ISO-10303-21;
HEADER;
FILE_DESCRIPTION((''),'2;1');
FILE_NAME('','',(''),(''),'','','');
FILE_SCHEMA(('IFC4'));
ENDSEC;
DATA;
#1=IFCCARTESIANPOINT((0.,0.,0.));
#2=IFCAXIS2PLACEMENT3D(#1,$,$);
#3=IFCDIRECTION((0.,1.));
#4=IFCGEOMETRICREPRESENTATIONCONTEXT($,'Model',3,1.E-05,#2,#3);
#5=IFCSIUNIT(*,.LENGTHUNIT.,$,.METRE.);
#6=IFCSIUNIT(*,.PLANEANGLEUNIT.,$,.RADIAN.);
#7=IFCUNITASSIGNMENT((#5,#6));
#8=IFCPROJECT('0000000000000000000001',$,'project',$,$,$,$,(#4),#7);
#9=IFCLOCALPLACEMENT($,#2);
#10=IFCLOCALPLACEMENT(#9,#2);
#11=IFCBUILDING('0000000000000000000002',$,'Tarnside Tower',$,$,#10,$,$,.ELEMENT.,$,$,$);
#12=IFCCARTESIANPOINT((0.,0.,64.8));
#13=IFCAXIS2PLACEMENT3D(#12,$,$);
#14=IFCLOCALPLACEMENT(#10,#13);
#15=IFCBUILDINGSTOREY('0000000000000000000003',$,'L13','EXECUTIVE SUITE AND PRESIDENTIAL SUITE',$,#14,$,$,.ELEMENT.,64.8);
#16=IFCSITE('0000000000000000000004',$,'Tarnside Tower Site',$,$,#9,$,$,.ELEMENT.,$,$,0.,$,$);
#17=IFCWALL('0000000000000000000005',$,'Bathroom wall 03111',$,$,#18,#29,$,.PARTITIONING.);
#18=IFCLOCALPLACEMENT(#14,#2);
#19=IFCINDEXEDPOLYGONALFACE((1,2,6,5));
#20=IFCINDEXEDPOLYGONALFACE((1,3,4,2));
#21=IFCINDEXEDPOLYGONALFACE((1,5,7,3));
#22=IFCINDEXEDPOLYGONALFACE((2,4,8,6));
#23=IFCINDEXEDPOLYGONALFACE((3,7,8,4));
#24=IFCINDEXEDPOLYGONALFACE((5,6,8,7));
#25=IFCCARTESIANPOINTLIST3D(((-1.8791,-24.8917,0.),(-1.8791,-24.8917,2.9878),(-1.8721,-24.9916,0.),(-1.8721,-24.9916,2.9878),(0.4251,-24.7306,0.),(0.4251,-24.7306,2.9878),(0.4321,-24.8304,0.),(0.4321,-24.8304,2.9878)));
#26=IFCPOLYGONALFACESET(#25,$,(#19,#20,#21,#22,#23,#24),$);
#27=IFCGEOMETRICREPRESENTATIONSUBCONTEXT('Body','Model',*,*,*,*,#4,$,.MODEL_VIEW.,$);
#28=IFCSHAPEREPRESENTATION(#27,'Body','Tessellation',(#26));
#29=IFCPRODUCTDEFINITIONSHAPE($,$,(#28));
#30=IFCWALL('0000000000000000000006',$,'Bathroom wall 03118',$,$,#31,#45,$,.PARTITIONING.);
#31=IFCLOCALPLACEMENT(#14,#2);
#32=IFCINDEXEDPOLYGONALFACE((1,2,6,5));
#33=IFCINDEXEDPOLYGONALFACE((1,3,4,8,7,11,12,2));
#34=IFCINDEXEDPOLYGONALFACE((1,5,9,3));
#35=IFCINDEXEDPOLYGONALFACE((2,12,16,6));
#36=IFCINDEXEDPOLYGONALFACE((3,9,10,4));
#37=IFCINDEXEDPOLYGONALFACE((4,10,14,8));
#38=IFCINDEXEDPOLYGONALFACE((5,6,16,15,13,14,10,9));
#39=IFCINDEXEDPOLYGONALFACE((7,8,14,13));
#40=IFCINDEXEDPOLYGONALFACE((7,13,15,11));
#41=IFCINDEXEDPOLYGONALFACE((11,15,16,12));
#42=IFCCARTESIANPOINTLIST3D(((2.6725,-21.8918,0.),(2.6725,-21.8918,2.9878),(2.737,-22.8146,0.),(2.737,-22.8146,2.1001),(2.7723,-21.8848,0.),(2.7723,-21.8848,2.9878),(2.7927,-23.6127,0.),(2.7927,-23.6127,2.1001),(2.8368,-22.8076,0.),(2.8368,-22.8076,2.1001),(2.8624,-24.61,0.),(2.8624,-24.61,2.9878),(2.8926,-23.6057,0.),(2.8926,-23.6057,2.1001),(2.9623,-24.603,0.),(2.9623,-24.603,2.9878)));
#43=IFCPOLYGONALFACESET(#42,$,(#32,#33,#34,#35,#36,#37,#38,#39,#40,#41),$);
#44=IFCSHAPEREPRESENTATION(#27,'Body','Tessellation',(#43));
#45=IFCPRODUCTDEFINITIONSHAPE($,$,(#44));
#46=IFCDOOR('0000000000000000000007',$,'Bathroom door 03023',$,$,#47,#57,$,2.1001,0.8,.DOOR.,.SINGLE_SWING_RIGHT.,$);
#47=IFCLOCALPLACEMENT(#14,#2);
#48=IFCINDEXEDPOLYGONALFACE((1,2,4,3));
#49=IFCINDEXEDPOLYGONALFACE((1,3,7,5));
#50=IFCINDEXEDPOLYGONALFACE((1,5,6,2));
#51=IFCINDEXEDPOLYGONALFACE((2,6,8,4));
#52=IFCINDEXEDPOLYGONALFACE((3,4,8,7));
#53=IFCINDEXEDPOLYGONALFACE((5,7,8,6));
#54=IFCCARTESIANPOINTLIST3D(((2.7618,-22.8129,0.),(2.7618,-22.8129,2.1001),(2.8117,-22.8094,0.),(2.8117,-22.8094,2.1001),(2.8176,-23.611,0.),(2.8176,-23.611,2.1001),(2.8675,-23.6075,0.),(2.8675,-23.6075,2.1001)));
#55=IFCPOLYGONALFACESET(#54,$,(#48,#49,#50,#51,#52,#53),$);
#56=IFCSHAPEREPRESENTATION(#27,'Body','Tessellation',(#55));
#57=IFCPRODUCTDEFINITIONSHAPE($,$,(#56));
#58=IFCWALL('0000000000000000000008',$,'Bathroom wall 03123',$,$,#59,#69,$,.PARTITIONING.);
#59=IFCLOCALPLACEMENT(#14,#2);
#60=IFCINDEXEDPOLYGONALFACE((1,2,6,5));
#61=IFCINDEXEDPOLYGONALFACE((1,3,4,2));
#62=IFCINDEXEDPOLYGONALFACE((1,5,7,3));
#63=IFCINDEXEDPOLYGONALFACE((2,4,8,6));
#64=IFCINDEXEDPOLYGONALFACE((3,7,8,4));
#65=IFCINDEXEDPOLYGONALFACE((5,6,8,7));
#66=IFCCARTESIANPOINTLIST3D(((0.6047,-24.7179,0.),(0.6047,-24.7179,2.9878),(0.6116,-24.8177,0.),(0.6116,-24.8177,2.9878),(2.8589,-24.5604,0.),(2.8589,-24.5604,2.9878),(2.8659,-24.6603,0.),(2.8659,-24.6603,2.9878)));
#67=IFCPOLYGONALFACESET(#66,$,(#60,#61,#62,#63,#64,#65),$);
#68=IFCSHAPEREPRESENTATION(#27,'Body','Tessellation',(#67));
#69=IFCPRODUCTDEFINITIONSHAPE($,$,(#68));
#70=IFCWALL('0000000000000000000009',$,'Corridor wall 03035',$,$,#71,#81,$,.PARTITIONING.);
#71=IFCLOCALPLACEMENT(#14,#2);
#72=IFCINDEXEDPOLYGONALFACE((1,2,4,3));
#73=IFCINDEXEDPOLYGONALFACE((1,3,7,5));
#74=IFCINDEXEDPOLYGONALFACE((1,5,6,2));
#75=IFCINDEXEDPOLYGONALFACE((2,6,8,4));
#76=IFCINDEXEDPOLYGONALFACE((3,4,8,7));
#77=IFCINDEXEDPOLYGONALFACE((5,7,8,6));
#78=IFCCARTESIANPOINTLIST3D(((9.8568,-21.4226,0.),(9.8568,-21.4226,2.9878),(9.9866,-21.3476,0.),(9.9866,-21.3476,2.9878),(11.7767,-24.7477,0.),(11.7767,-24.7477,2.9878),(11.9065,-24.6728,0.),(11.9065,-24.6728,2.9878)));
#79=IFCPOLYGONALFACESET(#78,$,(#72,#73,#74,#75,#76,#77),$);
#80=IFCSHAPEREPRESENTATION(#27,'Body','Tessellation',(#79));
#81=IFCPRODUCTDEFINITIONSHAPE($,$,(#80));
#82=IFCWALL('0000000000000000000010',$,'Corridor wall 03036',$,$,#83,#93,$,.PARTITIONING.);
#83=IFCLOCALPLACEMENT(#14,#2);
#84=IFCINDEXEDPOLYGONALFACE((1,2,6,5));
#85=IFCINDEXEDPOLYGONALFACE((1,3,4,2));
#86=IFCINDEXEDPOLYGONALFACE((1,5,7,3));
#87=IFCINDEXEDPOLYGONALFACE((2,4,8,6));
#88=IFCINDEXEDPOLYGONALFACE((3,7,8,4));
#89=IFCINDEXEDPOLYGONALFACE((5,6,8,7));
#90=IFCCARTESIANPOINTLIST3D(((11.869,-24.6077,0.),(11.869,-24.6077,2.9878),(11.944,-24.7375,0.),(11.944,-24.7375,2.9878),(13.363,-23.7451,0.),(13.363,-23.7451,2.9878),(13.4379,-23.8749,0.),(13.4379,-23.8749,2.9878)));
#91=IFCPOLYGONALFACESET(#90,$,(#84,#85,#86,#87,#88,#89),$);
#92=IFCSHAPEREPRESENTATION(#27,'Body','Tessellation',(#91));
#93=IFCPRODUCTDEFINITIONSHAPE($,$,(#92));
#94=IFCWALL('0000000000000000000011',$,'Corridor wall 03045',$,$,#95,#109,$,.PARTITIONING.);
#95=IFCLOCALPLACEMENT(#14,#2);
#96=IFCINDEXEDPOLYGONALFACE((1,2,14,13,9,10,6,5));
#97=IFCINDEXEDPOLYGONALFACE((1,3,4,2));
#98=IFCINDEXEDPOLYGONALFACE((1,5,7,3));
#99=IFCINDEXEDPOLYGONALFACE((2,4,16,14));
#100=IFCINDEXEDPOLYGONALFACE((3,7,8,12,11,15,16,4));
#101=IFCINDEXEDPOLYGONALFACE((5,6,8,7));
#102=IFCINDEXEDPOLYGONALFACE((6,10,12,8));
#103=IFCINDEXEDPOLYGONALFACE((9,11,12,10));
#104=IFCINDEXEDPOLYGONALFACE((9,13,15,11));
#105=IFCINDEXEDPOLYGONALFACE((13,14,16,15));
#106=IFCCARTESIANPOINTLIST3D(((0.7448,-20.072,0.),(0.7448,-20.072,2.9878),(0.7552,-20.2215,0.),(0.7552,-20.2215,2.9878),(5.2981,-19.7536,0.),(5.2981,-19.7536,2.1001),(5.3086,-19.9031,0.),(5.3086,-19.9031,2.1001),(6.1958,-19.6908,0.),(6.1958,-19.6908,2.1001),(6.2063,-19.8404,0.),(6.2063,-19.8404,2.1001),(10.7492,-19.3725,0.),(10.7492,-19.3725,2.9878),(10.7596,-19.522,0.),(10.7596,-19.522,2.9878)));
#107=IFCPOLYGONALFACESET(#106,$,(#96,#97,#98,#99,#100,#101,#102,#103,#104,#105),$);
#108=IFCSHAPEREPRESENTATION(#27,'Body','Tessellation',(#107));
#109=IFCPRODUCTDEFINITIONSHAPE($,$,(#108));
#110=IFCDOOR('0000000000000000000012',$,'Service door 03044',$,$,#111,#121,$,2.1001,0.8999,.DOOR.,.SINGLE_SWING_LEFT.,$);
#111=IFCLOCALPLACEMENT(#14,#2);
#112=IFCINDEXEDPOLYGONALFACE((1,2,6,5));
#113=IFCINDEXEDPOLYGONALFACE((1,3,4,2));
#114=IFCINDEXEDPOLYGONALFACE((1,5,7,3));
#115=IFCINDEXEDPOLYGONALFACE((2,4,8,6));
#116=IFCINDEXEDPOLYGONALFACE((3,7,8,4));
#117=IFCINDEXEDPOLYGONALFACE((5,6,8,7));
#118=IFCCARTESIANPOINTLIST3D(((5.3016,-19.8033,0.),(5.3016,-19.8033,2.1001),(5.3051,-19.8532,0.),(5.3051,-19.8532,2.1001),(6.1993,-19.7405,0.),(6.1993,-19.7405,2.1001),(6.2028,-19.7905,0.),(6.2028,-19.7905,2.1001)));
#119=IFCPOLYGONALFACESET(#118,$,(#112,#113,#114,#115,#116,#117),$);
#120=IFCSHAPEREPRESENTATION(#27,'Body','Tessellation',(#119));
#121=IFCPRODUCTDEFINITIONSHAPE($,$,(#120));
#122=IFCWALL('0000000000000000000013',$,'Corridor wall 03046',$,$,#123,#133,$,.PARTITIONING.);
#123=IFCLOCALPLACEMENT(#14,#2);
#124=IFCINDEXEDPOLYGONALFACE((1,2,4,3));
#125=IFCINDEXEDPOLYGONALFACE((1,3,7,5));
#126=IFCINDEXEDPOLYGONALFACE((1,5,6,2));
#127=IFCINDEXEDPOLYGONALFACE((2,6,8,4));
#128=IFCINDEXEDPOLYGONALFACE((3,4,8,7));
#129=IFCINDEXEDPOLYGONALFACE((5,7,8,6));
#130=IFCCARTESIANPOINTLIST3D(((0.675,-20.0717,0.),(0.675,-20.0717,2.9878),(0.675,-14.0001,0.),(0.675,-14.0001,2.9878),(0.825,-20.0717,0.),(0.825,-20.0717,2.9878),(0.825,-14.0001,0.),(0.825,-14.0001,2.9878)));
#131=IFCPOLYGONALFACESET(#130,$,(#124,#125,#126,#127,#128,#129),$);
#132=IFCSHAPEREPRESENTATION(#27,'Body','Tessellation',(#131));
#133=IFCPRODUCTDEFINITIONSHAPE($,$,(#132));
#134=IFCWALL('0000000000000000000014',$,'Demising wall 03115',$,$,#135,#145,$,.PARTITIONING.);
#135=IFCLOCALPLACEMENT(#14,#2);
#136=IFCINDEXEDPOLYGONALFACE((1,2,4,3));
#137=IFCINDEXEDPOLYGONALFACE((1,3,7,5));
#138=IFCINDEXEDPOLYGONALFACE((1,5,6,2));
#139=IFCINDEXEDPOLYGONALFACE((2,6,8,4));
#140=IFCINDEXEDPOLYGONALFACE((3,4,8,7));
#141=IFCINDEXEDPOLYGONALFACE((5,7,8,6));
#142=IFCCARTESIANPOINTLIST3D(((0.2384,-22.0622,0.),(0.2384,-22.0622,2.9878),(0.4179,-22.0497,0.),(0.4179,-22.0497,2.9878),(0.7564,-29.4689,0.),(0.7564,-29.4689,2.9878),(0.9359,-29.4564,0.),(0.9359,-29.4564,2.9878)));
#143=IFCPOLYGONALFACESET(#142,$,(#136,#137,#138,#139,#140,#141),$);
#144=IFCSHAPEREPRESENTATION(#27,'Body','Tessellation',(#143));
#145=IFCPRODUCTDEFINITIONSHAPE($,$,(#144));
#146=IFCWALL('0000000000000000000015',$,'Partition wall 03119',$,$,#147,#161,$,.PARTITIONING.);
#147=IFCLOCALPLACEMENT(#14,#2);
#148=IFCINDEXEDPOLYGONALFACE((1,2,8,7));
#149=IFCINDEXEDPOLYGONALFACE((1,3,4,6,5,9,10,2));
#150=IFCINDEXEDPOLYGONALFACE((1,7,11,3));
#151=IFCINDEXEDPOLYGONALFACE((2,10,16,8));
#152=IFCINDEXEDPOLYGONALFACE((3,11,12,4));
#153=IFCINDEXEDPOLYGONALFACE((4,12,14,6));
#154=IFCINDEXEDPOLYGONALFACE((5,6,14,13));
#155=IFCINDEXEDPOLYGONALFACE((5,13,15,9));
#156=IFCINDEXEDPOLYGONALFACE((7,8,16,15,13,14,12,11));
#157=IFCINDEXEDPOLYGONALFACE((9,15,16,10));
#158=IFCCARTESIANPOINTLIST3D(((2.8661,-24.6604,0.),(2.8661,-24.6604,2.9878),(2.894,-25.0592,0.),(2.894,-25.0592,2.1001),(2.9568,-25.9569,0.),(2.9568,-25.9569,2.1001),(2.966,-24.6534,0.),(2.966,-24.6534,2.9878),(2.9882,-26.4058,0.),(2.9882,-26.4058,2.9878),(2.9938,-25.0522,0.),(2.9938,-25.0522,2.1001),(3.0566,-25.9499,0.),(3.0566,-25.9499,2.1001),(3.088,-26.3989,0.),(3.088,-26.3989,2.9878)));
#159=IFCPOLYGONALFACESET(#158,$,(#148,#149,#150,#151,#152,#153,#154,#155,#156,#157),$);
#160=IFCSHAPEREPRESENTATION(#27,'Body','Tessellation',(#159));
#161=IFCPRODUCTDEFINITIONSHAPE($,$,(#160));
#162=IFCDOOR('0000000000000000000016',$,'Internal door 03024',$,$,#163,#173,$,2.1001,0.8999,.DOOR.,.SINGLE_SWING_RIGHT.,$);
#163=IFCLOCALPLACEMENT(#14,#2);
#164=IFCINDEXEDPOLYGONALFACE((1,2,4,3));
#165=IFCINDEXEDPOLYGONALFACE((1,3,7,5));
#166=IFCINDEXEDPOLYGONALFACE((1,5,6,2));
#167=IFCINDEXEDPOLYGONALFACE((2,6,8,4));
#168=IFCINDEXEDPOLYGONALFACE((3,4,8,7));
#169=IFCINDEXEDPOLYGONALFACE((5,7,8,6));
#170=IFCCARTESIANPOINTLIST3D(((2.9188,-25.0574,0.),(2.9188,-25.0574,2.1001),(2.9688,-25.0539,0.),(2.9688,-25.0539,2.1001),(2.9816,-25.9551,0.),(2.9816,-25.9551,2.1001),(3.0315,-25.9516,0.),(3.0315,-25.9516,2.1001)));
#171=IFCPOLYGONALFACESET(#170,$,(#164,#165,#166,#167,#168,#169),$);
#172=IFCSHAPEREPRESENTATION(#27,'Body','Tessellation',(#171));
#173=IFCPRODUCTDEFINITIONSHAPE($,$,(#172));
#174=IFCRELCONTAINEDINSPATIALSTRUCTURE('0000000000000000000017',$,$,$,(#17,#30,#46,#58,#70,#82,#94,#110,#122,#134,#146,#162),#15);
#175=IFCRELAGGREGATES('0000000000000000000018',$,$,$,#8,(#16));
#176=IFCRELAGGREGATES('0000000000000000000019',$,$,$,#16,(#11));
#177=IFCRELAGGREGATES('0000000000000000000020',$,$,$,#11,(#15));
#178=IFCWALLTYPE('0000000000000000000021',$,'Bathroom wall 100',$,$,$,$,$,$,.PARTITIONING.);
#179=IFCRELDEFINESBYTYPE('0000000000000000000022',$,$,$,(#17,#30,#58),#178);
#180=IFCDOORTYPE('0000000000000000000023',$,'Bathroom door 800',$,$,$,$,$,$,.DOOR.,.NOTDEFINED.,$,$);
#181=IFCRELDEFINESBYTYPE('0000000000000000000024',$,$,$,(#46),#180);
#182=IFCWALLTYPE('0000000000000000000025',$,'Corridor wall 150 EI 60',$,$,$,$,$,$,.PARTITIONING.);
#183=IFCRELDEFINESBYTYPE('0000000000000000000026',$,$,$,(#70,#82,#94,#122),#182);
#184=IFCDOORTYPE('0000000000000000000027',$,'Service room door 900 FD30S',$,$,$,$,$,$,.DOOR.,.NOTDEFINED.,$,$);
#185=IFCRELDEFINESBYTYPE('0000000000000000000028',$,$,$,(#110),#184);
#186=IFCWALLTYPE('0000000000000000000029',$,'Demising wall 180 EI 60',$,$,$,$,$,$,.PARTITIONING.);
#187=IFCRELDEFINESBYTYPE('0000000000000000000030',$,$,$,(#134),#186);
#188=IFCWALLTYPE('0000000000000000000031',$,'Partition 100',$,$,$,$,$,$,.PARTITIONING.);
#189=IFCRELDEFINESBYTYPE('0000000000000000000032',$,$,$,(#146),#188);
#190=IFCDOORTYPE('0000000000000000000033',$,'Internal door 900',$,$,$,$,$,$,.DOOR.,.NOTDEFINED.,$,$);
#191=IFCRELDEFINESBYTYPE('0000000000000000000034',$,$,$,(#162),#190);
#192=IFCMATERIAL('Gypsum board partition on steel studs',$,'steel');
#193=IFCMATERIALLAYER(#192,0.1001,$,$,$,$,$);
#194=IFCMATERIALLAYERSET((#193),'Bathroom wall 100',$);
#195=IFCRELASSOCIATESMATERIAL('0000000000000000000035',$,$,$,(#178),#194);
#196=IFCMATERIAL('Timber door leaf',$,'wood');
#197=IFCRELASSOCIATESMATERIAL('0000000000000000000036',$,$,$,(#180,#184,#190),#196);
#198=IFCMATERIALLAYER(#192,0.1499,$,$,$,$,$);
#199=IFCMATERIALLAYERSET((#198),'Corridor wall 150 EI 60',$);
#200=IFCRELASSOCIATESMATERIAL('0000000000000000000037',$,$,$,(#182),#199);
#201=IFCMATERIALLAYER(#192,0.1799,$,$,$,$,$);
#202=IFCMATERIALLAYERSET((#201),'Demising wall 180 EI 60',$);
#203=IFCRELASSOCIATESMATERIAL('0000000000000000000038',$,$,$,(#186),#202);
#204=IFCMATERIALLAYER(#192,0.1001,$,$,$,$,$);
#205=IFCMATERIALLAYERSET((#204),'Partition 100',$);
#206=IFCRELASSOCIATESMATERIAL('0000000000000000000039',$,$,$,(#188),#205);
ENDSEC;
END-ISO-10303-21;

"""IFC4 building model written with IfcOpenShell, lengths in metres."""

from ifc_helpers import new_model, si_unit, direction, frame, frame_2d, origin, place, context, subcontext, project, spatial, rectangle, extrude, material, layer, layer_set, type_object, element, fill, save


model = new_model("IFC4")

# Units and contexts
model_context = context("Model", 3, precision=1e-05, world=origin(), true_north=direction((0.0, 1.0)))
body_context = subcontext(model_context, "Body", "Model", "MODEL_VIEW")
ifc_project = project(units=[si_unit("LENGTHUNIT", "METRE"), si_unit("PLANEANGLEUNIT", "RADIAN")], contexts=[model_context])

# Site, building, storey
site_placement = place(None, origin())
site = spatial("IfcSite", under=ifc_project, at=site_placement, Name="Tarnside Tower Site", CompositionType="ELEMENT", RefElevation=0.0)
building_placement = place(site_placement, origin())
building = spatial("IfcBuilding", under=site, at=building_placement, Name="Tarnside Tower", CompositionType="ELEMENT")
storey_placement = place(building_placement, frame((0.0, 0.0, 64.8)))
storey = spatial("IfcBuildingStorey", under=building, at=storey_placement, Name="L13", Description="EXECUTIVE SUITE AND PRESIDENTIAL SUITE", CompositionType="ELEMENT", Elevation=64.8)

# Wall
ifc_material_1 = material(Name="Gypsum board partition on steel studs", Category="steel")
ifc_layer_1 = layer(ifc_material_1, 0.1001)
ifc_layer_set_1 = layer_set([ifc_layer_1], Name="Bathroom wall 100")
wall_type_1 = type_object("IfcWallType", Name="Bathroom wall 100", PredefinedType="PARTITIONING", material=ifc_layer_set_1)
wall_1_placement = place(storey_placement, frame((0.4285, -24.7805, 0.0), z_axis=(0.0, 0.0, 1.0), x_axis=(-0.997564, -0.06976, 0.0)))
element("IfcWall", 1, at=wall_1_placement, inside=storey, type_object=wall_type_1, Name="Bathroom wall 03111", PredefinedType="PARTITIONING", context=body_context, shape_type="SweptSolid", body=[
    extrude(rectangle(XDim=2.3098, YDim=0.1001, at=frame_2d((1.1548, 0.0))), origin(), (0.0, 0.0, 1.0), 2.9878),
])

# Wall, opening, door
wall_2_placement = place(storey_placement, frame((2.7224, -21.8884, 0.0), z_axis=(0.0, 0.0, 1.0), x_axis=(0.069706, -0.997568, 0.0)))
wall_2 = element("IfcWall", 2, at=wall_2_placement, inside=storey, type_object=wall_type_1, Name="Bathroom wall 03118", PredefinedType="PARTITIONING", context=body_context, shape_type="SweptSolid", body=[
    extrude(rectangle(XDim=2.7249, YDim=0.1001, at=frame_2d((1.3623, 0.0))), origin(), (0.0, 0.0, 1.0), 2.9878),
])
opening_1_placement = place(wall_2_placement, frame((0.925, 0.0, 0.0)))
opening_1 = element("IfcOpeningElement", 3, at=opening_1_placement, cuts=wall_2, PredefinedType="OPENING", context=body_context, shape_type="SweptSolid", body=[
    extrude(rectangle(XDim=0.8, YDim=2.1001, at=frame_2d((0.3999, 1.05))), frame((0.0, 0.0601, 0.0), z_axis=(0.0, -1.0, 0.0), x_axis=(1.0, 0.0, 0.0)), (0.0, 0.0, 1.0), 0.1201),
])
ifc_material_2 = material(Name="Timber door leaf", Category="wood")
door_type_1 = type_object("IfcDoorType", Name="Bathroom door 800", OperationType="NOTDEFINED", PredefinedType="DOOR", material=ifc_material_2)
door_1_placement = place(opening_1_placement, origin())
door_1 = element("IfcDoor", 4, at=door_1_placement, inside=storey, type_object=door_type_1, Name="Bathroom door 03023", OperationType="SINGLE_SWING_RIGHT", OverallHeight=2.1001, OverallWidth=0.8, PredefinedType="DOOR", context=body_context, shape_type="SweptSolid", body=[
    extrude(rectangle(XDim=0.8, YDim=2.1001, at=frame_2d((0.3999, 1.05))), frame((0.0, 0.0249, 0.0), z_axis=(0.0, -1.0, 0.0), x_axis=(1.0, 0.0, 0.0)), (0.0, 0.0, 1.0), 0.05),
])
fill(opening_1, door_1)

# Walls
wall_3_placement = place(storey_placement, frame((0.6082, -24.7678, 0.0), z_axis=(0.0, 0.0, 1.0), x_axis=(0.997569, 0.069681, 0.0)))
element("IfcWall", 5, at=wall_3_placement, inside=storey, type_object=wall_type_1, Name="Bathroom wall 03123", PredefinedType="PARTITIONING", context=body_context, shape_type="SweptSolid", body=[
    extrude(rectangle(XDim=2.2598, YDim=0.1001, at=frame_2d((1.1299, 0.0))), origin(), (0.0, 0.0, 1.0), 2.9878),
])
ifc_layer_2 = layer(ifc_material_1, 0.1499)
ifc_layer_set_2 = layer_set([ifc_layer_2], Name="Corridor wall 150 EI 60")
wall_type_2 = type_object("IfcWallType", Name="Corridor wall 150 EI 60", PredefinedType="PARTITIONING", material=ifc_layer_set_2)
wall_4_placement = place(storey_placement, frame((9.9216, -21.385, 0.0), z_axis=(0.0, 0.0, 1.0), x_axis=(0.500023, -0.866012, 0.0)))
element("IfcWall", 6, at=wall_4_placement, inside=storey, type_object=wall_type_2, Name="Corridor wall 03035", PredefinedType="PARTITIONING", context=body_context, shape_type="SweptSolid", body=[
    extrude(rectangle(XDim=3.8396, YDim=0.1499, at=frame_2d((1.9199, 0.0))), origin(), (0.0, 0.0, 1.0), 2.9878),
])
wall_5_placement = place(storey_placement, frame((11.9065, -24.6726, 0.0), z_axis=(0.0, 0.0, 1.0), x_axis=(0.866014, 0.500021, 0.0)))
element("IfcWall", 7, at=wall_5_placement, inside=storey, type_object=wall_type_2, Name="Corridor wall 03036", PredefinedType="PARTITIONING", context=body_context, shape_type="SweptSolid", body=[
    extrude(rectangle(XDim=1.7251, YDim=0.1499, at=frame_2d((0.8625, 0.0))), origin(), (0.0, 0.0, 1.0), 2.9878),
])

# Wall, opening, door
wall_6_placement = place(storey_placement, frame((10.7544, -19.4473, 0.0), z_axis=(0.0, 0.0, 1.0), x_axis=(-0.997565, -0.069745, 0.0)))
wall_6 = element("IfcWall", 8, at=wall_6_placement, inside=storey, type_object=wall_type_2, Name="Corridor wall 03045", PredefinedType="PARTITIONING", context=body_context, shape_type="SweptSolid", body=[
    extrude(rectangle(XDim=10.0288, YDim=0.1499, at=frame_2d((5.0144, 0.0))), origin(), (0.0, 0.0, 1.0), 2.9878),
])
opening_2_placement = place(wall_6_placement, frame((4.5645, 0.0, 0.0)))
opening_2 = element("IfcOpeningElement", 9, at=opening_2_placement, cuts=wall_6, PredefinedType="OPENING", context=body_context, shape_type="SweptSolid", body=[
    extrude(rectangle(XDim=0.8999, YDim=2.1001, at=frame_2d((0.45, 1.05))), frame((0.0, 0.085, 0.0), z_axis=(0.0, -1.0, 0.0), x_axis=(1.0, 0.0, 0.0)), (0.0, 0.0, 1.0), 0.1699),
])
door_type_2 = type_object("IfcDoorType", Name="Service room door 900 FD30S", OperationType="NOTDEFINED", PredefinedType="DOOR", material=ifc_material_2)
door_2_placement = place(opening_2_placement, origin())
door_2 = element("IfcDoor", 10, at=door_2_placement, inside=storey, type_object=door_type_2, Name="Service door 03044", OperationType="SINGLE_SWING_LEFT", OverallHeight=2.1001, OverallWidth=0.8999, PredefinedType="DOOR", context=body_context, shape_type="SweptSolid", body=[
    extrude(rectangle(XDim=0.8999, YDim=2.1001, at=frame_2d((0.45, 1.05))), frame((0.0, 0.0249, 0.0), z_axis=(0.0, -1.0, 0.0), x_axis=(1.0, 0.0, 0.0)), (0.0, 0.0, 1.0), 0.05),
])
fill(opening_2, door_2)

# Walls
wall_7_placement = place(storey_placement, frame((0.75, -20.0715, 0.0), z_axis=(0.0, 0.0, 1.0), x_axis=(0.0, 1.0, 0.0)))
element("IfcWall", 11, at=wall_7_placement, inside=storey, type_object=wall_type_2, Name="Corridor wall 03046", PredefinedType="PARTITIONING", context=body_context, shape_type="SweptSolid", body=[
    extrude(rectangle(XDim=6.0715, YDim=0.1499, at=frame_2d((3.0356, 0.0))), origin(), (0.0, 0.0, 1.0), 2.9878),
])
ifc_layer_3 = layer(ifc_material_1, 0.1799)
ifc_layer_set_3 = layer_set([ifc_layer_3], Name="Demising wall 180 EI 60")
wall_type_3 = type_object("IfcWallType", Name="Demising wall 180 EI 60", PredefinedType="PARTITIONING", material=ifc_layer_set_3)
wall_8_placement = place(storey_placement, frame((0.8462, -29.4626, 0.0), z_axis=(0.0, 0.0, 1.0), x_axis=(-0.069775, 0.997563, 0.0)))
element("IfcWall", 12, at=wall_8_placement, inside=storey, type_object=wall_type_3, Name="Demising wall 03115", PredefinedType="PARTITIONING", context=body_context, shape_type="SweptSolid", body=[
    extrude(rectangle(XDim=7.4248, YDim=0.1799, at=frame_2d((3.7124, 0.0))), origin(), (0.0, 0.0, 1.0), 2.9878),
])

# Wall, opening, door
ifc_layer_4 = layer(ifc_material_1, 0.1001)
ifc_layer_set_4 = layer_set([ifc_layer_4], Name="Partition 100")
wall_type_4 = type_object("IfcWallType", Name="Partition 100", PredefinedType="PARTITIONING", material=ifc_layer_set_4)
wall_9_placement = place(storey_placement, frame((2.916, -24.6567, 0.0), z_axis=(0.0, 0.0, 1.0), x_axis=(0.06976, -0.997564, 0.0)))
wall_9 = element("IfcWall", 13, at=wall_9_placement, inside=storey, type_object=wall_type_4, Name="Partition wall 03119", PredefinedType="PARTITIONING", context=body_context, shape_type="SweptSolid", body=[
    extrude(rectangle(XDim=1.7498, YDim=0.1001, at=frame_2d((0.875, 0.0))), origin(), (0.0, 0.0, 1.0), 2.9878),
])
opening_3_placement = place(wall_9_placement, frame((0.3999, 0.0, 0.0)))
opening_3 = element("IfcOpeningElement", 14, at=opening_3_placement, cuts=wall_9, PredefinedType="OPENING", context=body_context, shape_type="SweptSolid", body=[
    extrude(rectangle(XDim=0.8999, YDim=2.1001, at=frame_2d((0.45, 1.05))), frame((0.0, 0.0601, 0.0), z_axis=(0.0, -1.0, 0.0), x_axis=(1.0, 0.0, 0.0)), (0.0, 0.0, 1.0), 0.1201),
])
door_type_3 = type_object("IfcDoorType", Name="Internal door 900", OperationType="NOTDEFINED", PredefinedType="DOOR", material=ifc_material_2)
door_3_placement = place(opening_3_placement, origin())
door_3 = element("IfcDoor", 15, at=door_3_placement, inside=storey, type_object=door_type_3, Name="Internal door 03024", OperationType="SINGLE_SWING_RIGHT", OverallHeight=2.1001, OverallWidth=0.8999, PredefinedType="DOOR", context=body_context, shape_type="SweptSolid", body=[
    extrude(rectangle(XDim=0.8999, YDim=2.1001, at=frame_2d((0.45, 1.05))), frame((0.0, 0.0249, 0.0), z_axis=(0.0, -1.0, 0.0), x_axis=(1.0, 0.0, 0.0)), (0.0, 0.0, 1.0), 0.05),
])
fill(opening_3, door_3)

save(model, "model.ifc")
